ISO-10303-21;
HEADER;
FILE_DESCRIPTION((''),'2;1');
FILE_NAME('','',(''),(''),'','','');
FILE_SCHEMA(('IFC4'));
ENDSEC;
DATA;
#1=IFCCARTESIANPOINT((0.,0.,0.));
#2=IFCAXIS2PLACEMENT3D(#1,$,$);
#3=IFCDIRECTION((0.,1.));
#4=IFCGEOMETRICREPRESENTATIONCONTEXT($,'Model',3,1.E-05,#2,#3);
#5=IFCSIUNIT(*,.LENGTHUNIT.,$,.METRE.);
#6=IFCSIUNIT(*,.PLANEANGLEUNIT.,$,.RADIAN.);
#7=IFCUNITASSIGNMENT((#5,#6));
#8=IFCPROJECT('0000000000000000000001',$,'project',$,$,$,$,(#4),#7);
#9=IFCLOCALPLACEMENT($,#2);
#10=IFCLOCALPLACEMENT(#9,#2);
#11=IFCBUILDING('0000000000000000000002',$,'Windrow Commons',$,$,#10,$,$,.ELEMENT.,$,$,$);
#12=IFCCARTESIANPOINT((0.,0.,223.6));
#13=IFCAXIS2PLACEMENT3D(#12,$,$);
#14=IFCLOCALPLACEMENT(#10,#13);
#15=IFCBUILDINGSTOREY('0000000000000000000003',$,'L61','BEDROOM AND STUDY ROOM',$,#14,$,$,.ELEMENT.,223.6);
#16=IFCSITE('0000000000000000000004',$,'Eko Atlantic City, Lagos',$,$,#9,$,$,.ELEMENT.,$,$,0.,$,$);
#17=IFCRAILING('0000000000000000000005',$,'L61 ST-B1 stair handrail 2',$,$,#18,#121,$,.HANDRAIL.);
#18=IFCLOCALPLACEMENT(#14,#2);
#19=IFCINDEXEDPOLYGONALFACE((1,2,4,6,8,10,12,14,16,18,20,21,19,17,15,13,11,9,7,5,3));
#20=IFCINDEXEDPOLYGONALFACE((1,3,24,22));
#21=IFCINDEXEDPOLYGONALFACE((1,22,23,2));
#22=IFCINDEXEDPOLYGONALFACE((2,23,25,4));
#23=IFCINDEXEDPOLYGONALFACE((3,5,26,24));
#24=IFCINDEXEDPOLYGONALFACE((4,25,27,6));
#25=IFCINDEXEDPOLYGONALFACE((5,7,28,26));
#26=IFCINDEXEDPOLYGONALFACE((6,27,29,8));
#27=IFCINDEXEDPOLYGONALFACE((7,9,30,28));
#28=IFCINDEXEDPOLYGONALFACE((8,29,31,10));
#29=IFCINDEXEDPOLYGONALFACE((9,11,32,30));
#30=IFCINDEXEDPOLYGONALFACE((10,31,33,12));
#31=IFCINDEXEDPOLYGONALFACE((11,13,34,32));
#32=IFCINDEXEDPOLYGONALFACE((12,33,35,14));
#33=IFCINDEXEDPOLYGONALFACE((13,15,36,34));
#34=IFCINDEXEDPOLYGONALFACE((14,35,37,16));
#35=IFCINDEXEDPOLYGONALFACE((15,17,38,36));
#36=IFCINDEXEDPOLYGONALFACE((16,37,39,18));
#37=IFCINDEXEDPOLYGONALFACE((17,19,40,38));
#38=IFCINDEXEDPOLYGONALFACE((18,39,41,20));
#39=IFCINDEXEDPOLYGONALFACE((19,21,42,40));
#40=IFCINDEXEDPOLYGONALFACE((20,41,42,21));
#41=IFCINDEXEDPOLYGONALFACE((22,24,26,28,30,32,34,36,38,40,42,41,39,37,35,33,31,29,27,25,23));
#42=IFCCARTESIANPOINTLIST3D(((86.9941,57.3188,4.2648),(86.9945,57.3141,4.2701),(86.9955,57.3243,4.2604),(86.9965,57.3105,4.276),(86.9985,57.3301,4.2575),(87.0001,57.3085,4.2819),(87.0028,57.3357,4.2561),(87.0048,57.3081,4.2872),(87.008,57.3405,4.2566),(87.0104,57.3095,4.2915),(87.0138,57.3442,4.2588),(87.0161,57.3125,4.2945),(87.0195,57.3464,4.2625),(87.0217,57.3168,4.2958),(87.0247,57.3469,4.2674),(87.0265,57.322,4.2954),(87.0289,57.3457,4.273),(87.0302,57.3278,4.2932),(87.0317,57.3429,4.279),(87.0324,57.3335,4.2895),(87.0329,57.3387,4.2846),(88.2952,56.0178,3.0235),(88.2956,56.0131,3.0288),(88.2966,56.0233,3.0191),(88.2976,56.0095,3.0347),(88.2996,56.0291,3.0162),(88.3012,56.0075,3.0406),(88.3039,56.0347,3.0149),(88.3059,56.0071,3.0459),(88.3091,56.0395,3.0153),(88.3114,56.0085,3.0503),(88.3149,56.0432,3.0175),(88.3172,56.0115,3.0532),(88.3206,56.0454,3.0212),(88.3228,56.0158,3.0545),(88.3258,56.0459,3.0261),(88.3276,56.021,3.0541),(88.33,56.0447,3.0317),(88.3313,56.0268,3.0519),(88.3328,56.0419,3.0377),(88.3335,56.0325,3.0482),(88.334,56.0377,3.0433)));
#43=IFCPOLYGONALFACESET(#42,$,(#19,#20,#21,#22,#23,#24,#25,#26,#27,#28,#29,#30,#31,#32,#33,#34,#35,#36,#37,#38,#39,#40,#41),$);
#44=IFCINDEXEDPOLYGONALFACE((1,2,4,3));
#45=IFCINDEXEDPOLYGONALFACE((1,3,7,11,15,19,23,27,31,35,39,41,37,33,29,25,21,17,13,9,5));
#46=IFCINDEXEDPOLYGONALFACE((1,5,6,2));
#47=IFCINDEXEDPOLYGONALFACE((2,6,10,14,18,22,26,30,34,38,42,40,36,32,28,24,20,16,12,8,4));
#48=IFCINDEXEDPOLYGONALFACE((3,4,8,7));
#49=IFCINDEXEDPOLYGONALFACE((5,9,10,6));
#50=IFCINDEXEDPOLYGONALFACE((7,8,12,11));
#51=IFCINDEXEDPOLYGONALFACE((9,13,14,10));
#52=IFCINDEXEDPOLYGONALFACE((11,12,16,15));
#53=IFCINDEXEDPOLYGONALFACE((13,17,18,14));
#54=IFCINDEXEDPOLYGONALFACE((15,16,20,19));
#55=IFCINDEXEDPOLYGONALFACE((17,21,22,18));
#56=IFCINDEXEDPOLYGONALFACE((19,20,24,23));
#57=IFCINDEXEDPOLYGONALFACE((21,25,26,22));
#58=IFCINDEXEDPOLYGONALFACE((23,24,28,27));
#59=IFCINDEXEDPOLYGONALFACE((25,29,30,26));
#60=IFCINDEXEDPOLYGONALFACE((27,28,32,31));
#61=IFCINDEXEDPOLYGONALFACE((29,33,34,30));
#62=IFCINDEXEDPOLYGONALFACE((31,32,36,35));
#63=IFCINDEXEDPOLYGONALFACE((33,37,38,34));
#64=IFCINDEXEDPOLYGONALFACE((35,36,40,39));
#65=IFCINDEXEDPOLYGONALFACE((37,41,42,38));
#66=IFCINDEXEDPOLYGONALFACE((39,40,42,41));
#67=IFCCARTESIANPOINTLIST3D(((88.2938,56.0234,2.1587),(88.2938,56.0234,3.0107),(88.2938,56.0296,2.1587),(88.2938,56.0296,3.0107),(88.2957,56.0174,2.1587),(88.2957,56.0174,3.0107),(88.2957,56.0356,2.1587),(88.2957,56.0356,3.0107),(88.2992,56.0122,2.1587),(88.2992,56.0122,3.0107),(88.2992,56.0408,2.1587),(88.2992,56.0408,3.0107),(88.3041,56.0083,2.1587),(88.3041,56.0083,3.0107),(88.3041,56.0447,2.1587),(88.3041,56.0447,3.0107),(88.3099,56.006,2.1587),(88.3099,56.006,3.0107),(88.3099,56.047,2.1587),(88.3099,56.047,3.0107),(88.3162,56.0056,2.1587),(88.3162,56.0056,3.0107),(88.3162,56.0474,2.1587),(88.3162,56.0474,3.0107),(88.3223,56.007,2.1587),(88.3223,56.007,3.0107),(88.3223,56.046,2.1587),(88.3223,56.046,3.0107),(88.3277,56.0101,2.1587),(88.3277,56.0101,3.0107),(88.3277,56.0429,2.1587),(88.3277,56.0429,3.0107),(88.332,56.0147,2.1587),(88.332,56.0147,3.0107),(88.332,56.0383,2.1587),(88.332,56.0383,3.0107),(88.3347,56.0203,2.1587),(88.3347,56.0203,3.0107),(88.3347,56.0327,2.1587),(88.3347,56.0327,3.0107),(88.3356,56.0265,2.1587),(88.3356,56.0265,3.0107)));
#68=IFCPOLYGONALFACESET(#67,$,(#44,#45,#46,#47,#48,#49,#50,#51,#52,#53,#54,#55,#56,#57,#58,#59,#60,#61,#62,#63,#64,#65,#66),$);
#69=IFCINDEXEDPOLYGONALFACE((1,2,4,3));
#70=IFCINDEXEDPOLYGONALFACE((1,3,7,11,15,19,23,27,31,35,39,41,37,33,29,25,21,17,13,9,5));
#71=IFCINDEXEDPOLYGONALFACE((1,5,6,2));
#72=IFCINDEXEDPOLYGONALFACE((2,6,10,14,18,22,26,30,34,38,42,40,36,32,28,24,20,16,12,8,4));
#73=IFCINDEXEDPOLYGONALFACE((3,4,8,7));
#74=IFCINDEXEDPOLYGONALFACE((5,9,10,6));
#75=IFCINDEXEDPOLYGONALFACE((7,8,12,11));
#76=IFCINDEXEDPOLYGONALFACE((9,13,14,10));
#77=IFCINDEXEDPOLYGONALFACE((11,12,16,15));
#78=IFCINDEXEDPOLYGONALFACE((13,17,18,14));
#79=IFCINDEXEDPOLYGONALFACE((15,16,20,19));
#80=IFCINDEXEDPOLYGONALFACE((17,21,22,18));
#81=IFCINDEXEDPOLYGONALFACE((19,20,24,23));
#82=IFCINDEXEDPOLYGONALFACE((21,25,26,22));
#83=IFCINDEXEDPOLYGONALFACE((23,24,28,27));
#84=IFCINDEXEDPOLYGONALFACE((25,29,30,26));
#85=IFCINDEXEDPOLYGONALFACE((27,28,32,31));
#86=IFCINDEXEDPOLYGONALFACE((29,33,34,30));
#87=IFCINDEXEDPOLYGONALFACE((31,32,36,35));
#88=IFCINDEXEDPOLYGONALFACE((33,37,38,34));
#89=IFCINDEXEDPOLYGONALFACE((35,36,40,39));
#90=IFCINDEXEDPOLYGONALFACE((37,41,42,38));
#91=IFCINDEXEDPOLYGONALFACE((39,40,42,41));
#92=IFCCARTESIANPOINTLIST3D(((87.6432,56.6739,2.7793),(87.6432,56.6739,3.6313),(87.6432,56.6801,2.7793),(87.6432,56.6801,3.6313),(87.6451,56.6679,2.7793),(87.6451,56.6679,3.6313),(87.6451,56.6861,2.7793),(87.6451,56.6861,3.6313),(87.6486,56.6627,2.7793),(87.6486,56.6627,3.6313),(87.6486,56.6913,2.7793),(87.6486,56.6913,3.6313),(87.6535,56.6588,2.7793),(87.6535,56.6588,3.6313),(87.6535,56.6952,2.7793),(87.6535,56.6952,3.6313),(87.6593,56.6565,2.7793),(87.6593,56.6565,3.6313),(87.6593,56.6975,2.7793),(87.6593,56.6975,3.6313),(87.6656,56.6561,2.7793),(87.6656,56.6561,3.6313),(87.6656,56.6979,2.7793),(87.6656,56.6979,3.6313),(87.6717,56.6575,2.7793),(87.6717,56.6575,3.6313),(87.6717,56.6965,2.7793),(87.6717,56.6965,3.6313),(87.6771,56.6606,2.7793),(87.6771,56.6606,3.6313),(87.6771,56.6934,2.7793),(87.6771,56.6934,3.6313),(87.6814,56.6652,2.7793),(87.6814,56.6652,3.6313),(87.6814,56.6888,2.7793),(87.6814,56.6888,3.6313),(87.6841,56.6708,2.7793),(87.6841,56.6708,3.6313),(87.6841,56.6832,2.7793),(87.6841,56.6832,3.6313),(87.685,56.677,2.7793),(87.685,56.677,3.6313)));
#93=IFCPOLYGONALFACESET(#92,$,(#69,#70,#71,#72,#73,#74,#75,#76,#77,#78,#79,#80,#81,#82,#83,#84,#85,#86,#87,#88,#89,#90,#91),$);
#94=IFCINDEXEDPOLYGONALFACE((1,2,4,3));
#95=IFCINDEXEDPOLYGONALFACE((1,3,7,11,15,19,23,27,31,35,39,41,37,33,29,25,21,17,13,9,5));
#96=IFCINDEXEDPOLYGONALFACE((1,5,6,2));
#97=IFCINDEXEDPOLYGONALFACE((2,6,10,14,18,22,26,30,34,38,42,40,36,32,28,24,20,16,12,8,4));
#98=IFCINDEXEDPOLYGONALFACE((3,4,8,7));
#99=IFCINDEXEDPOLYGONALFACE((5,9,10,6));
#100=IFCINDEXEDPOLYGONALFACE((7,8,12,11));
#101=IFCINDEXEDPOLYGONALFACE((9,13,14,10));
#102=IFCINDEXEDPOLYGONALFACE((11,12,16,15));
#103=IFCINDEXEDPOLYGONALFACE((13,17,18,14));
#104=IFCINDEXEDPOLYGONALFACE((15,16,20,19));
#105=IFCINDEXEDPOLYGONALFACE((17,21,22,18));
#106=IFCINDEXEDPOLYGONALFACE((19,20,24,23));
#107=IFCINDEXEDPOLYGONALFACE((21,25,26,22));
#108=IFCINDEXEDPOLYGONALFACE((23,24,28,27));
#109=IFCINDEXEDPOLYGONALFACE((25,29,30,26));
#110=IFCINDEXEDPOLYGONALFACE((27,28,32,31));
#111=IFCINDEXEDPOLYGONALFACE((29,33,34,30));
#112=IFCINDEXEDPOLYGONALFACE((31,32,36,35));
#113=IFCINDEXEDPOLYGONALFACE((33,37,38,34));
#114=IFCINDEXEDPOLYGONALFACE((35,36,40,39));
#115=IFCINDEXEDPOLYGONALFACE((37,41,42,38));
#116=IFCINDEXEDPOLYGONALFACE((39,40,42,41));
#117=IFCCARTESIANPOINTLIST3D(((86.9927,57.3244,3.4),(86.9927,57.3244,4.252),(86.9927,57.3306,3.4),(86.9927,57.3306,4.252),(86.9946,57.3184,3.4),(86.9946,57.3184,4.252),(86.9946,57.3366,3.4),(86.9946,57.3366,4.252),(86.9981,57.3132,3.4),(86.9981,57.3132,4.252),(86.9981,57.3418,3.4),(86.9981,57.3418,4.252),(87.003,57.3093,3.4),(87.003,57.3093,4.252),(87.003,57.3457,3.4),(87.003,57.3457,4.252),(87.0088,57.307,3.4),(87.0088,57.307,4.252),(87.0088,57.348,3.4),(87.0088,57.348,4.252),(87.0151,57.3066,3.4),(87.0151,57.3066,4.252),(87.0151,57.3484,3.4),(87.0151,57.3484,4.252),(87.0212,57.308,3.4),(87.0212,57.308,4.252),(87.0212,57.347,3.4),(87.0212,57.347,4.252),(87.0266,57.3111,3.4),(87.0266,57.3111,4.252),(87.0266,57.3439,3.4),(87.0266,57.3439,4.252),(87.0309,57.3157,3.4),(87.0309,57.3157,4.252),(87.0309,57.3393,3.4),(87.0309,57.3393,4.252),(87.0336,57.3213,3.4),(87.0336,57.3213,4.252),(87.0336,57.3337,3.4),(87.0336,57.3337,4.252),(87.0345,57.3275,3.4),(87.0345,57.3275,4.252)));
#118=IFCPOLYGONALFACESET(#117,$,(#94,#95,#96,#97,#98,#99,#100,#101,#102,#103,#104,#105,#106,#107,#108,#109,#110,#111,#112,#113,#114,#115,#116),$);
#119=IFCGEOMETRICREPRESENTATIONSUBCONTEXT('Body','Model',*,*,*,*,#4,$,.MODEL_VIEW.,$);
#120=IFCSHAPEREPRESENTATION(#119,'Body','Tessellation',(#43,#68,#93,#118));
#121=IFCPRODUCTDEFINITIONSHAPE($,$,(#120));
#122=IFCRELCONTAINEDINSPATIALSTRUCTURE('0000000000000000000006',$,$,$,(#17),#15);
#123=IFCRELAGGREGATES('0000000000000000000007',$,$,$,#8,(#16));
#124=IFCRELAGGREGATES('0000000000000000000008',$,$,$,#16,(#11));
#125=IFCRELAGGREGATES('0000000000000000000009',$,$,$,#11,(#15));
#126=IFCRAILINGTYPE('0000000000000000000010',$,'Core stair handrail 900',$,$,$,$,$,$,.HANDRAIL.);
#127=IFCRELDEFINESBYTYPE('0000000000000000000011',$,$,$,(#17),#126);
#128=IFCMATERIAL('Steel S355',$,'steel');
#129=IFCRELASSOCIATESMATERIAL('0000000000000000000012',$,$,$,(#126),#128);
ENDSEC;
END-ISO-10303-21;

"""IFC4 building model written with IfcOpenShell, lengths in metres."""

from ifc_helpers import new_model, si_unit, direction, frame, origin, origin_2d, place, context, subcontext, project, spatial, circle, extrude, material, type_object, element, save


model = new_model("IFC4")

# Units and contexts
model_context = context("Model", 3, precision=1e-05, world=origin(), true_north=direction((0.0, 1.0)))
body_context = subcontext(model_context, "Body", "Model", "MODEL_VIEW")
ifc_project = project(units=[si_unit("LENGTHUNIT", "METRE"), si_unit("PLANEANGLEUNIT", "RADIAN")], contexts=[model_context])

# Site, building, storey
site_placement = place(None, origin())
site = spatial("IfcSite", under=ifc_project, at=site_placement, Name="Eko Atlantic City, Lagos", CompositionType="ELEMENT", RefElevation=0.0)
building_placement = place(site_placement, origin())
building = spatial("IfcBuilding", under=site, at=building_placement, Name="Windrow Commons", CompositionType="ELEMENT")
storey_placement = place(building_placement, frame((0.0, 0.0, 223.6)))
storey = spatial("IfcBuildingStorey", under=building, at=storey_placement, Name="L61", Description="BEDROOM AND STUDY ROOM", CompositionType="ELEMENT", Elevation=223.6)

# Railing
ifc_material_1 = material(Name="Steel S355", Category="steel")
railing_type_1 = type_object("IfcRailingType", Name="Core stair handrail 900", PredefinedType="HANDRAIL", material=ifc_material_1)
railing_1_placement = place(storey_placement, frame((88.3146, 56.0265, 2.1587)))
element("IfcRailing", 1, at=railing_1_placement, inside=storey, type_object=railing_type_1, Name="L61 ST-B1 stair handrail 2", PredefinedType="HANDRAIL", context=body_context, shape_type="SweptSolid", body=[
    extrude(circle(Radius=0.024, at=origin_2d()), frame((0.0, 0.0, 0.876), z_axis=(-0.586207, 0.586162, 0.559264), x_axis=(-0.70708, -0.707134, 0.0)), (0.0, 0.0, 1.0), 2.2195),
    extrude(circle(Radius=0.021, at=origin_2d()), origin(), (0.0, 0.0, 1.0), 0.852),
    extrude(circle(Radius=0.021, at=origin_2d()), frame((-0.6506, 0.6505, 0.6206)), (0.0, 0.0, 1.0), 0.852),
    extrude(circle(Radius=0.021, at=origin_2d()), frame((-1.3011, 1.301, 1.2413)), (0.0, 0.0, 1.0), 0.852),
])

save(model, "model.ifc")
